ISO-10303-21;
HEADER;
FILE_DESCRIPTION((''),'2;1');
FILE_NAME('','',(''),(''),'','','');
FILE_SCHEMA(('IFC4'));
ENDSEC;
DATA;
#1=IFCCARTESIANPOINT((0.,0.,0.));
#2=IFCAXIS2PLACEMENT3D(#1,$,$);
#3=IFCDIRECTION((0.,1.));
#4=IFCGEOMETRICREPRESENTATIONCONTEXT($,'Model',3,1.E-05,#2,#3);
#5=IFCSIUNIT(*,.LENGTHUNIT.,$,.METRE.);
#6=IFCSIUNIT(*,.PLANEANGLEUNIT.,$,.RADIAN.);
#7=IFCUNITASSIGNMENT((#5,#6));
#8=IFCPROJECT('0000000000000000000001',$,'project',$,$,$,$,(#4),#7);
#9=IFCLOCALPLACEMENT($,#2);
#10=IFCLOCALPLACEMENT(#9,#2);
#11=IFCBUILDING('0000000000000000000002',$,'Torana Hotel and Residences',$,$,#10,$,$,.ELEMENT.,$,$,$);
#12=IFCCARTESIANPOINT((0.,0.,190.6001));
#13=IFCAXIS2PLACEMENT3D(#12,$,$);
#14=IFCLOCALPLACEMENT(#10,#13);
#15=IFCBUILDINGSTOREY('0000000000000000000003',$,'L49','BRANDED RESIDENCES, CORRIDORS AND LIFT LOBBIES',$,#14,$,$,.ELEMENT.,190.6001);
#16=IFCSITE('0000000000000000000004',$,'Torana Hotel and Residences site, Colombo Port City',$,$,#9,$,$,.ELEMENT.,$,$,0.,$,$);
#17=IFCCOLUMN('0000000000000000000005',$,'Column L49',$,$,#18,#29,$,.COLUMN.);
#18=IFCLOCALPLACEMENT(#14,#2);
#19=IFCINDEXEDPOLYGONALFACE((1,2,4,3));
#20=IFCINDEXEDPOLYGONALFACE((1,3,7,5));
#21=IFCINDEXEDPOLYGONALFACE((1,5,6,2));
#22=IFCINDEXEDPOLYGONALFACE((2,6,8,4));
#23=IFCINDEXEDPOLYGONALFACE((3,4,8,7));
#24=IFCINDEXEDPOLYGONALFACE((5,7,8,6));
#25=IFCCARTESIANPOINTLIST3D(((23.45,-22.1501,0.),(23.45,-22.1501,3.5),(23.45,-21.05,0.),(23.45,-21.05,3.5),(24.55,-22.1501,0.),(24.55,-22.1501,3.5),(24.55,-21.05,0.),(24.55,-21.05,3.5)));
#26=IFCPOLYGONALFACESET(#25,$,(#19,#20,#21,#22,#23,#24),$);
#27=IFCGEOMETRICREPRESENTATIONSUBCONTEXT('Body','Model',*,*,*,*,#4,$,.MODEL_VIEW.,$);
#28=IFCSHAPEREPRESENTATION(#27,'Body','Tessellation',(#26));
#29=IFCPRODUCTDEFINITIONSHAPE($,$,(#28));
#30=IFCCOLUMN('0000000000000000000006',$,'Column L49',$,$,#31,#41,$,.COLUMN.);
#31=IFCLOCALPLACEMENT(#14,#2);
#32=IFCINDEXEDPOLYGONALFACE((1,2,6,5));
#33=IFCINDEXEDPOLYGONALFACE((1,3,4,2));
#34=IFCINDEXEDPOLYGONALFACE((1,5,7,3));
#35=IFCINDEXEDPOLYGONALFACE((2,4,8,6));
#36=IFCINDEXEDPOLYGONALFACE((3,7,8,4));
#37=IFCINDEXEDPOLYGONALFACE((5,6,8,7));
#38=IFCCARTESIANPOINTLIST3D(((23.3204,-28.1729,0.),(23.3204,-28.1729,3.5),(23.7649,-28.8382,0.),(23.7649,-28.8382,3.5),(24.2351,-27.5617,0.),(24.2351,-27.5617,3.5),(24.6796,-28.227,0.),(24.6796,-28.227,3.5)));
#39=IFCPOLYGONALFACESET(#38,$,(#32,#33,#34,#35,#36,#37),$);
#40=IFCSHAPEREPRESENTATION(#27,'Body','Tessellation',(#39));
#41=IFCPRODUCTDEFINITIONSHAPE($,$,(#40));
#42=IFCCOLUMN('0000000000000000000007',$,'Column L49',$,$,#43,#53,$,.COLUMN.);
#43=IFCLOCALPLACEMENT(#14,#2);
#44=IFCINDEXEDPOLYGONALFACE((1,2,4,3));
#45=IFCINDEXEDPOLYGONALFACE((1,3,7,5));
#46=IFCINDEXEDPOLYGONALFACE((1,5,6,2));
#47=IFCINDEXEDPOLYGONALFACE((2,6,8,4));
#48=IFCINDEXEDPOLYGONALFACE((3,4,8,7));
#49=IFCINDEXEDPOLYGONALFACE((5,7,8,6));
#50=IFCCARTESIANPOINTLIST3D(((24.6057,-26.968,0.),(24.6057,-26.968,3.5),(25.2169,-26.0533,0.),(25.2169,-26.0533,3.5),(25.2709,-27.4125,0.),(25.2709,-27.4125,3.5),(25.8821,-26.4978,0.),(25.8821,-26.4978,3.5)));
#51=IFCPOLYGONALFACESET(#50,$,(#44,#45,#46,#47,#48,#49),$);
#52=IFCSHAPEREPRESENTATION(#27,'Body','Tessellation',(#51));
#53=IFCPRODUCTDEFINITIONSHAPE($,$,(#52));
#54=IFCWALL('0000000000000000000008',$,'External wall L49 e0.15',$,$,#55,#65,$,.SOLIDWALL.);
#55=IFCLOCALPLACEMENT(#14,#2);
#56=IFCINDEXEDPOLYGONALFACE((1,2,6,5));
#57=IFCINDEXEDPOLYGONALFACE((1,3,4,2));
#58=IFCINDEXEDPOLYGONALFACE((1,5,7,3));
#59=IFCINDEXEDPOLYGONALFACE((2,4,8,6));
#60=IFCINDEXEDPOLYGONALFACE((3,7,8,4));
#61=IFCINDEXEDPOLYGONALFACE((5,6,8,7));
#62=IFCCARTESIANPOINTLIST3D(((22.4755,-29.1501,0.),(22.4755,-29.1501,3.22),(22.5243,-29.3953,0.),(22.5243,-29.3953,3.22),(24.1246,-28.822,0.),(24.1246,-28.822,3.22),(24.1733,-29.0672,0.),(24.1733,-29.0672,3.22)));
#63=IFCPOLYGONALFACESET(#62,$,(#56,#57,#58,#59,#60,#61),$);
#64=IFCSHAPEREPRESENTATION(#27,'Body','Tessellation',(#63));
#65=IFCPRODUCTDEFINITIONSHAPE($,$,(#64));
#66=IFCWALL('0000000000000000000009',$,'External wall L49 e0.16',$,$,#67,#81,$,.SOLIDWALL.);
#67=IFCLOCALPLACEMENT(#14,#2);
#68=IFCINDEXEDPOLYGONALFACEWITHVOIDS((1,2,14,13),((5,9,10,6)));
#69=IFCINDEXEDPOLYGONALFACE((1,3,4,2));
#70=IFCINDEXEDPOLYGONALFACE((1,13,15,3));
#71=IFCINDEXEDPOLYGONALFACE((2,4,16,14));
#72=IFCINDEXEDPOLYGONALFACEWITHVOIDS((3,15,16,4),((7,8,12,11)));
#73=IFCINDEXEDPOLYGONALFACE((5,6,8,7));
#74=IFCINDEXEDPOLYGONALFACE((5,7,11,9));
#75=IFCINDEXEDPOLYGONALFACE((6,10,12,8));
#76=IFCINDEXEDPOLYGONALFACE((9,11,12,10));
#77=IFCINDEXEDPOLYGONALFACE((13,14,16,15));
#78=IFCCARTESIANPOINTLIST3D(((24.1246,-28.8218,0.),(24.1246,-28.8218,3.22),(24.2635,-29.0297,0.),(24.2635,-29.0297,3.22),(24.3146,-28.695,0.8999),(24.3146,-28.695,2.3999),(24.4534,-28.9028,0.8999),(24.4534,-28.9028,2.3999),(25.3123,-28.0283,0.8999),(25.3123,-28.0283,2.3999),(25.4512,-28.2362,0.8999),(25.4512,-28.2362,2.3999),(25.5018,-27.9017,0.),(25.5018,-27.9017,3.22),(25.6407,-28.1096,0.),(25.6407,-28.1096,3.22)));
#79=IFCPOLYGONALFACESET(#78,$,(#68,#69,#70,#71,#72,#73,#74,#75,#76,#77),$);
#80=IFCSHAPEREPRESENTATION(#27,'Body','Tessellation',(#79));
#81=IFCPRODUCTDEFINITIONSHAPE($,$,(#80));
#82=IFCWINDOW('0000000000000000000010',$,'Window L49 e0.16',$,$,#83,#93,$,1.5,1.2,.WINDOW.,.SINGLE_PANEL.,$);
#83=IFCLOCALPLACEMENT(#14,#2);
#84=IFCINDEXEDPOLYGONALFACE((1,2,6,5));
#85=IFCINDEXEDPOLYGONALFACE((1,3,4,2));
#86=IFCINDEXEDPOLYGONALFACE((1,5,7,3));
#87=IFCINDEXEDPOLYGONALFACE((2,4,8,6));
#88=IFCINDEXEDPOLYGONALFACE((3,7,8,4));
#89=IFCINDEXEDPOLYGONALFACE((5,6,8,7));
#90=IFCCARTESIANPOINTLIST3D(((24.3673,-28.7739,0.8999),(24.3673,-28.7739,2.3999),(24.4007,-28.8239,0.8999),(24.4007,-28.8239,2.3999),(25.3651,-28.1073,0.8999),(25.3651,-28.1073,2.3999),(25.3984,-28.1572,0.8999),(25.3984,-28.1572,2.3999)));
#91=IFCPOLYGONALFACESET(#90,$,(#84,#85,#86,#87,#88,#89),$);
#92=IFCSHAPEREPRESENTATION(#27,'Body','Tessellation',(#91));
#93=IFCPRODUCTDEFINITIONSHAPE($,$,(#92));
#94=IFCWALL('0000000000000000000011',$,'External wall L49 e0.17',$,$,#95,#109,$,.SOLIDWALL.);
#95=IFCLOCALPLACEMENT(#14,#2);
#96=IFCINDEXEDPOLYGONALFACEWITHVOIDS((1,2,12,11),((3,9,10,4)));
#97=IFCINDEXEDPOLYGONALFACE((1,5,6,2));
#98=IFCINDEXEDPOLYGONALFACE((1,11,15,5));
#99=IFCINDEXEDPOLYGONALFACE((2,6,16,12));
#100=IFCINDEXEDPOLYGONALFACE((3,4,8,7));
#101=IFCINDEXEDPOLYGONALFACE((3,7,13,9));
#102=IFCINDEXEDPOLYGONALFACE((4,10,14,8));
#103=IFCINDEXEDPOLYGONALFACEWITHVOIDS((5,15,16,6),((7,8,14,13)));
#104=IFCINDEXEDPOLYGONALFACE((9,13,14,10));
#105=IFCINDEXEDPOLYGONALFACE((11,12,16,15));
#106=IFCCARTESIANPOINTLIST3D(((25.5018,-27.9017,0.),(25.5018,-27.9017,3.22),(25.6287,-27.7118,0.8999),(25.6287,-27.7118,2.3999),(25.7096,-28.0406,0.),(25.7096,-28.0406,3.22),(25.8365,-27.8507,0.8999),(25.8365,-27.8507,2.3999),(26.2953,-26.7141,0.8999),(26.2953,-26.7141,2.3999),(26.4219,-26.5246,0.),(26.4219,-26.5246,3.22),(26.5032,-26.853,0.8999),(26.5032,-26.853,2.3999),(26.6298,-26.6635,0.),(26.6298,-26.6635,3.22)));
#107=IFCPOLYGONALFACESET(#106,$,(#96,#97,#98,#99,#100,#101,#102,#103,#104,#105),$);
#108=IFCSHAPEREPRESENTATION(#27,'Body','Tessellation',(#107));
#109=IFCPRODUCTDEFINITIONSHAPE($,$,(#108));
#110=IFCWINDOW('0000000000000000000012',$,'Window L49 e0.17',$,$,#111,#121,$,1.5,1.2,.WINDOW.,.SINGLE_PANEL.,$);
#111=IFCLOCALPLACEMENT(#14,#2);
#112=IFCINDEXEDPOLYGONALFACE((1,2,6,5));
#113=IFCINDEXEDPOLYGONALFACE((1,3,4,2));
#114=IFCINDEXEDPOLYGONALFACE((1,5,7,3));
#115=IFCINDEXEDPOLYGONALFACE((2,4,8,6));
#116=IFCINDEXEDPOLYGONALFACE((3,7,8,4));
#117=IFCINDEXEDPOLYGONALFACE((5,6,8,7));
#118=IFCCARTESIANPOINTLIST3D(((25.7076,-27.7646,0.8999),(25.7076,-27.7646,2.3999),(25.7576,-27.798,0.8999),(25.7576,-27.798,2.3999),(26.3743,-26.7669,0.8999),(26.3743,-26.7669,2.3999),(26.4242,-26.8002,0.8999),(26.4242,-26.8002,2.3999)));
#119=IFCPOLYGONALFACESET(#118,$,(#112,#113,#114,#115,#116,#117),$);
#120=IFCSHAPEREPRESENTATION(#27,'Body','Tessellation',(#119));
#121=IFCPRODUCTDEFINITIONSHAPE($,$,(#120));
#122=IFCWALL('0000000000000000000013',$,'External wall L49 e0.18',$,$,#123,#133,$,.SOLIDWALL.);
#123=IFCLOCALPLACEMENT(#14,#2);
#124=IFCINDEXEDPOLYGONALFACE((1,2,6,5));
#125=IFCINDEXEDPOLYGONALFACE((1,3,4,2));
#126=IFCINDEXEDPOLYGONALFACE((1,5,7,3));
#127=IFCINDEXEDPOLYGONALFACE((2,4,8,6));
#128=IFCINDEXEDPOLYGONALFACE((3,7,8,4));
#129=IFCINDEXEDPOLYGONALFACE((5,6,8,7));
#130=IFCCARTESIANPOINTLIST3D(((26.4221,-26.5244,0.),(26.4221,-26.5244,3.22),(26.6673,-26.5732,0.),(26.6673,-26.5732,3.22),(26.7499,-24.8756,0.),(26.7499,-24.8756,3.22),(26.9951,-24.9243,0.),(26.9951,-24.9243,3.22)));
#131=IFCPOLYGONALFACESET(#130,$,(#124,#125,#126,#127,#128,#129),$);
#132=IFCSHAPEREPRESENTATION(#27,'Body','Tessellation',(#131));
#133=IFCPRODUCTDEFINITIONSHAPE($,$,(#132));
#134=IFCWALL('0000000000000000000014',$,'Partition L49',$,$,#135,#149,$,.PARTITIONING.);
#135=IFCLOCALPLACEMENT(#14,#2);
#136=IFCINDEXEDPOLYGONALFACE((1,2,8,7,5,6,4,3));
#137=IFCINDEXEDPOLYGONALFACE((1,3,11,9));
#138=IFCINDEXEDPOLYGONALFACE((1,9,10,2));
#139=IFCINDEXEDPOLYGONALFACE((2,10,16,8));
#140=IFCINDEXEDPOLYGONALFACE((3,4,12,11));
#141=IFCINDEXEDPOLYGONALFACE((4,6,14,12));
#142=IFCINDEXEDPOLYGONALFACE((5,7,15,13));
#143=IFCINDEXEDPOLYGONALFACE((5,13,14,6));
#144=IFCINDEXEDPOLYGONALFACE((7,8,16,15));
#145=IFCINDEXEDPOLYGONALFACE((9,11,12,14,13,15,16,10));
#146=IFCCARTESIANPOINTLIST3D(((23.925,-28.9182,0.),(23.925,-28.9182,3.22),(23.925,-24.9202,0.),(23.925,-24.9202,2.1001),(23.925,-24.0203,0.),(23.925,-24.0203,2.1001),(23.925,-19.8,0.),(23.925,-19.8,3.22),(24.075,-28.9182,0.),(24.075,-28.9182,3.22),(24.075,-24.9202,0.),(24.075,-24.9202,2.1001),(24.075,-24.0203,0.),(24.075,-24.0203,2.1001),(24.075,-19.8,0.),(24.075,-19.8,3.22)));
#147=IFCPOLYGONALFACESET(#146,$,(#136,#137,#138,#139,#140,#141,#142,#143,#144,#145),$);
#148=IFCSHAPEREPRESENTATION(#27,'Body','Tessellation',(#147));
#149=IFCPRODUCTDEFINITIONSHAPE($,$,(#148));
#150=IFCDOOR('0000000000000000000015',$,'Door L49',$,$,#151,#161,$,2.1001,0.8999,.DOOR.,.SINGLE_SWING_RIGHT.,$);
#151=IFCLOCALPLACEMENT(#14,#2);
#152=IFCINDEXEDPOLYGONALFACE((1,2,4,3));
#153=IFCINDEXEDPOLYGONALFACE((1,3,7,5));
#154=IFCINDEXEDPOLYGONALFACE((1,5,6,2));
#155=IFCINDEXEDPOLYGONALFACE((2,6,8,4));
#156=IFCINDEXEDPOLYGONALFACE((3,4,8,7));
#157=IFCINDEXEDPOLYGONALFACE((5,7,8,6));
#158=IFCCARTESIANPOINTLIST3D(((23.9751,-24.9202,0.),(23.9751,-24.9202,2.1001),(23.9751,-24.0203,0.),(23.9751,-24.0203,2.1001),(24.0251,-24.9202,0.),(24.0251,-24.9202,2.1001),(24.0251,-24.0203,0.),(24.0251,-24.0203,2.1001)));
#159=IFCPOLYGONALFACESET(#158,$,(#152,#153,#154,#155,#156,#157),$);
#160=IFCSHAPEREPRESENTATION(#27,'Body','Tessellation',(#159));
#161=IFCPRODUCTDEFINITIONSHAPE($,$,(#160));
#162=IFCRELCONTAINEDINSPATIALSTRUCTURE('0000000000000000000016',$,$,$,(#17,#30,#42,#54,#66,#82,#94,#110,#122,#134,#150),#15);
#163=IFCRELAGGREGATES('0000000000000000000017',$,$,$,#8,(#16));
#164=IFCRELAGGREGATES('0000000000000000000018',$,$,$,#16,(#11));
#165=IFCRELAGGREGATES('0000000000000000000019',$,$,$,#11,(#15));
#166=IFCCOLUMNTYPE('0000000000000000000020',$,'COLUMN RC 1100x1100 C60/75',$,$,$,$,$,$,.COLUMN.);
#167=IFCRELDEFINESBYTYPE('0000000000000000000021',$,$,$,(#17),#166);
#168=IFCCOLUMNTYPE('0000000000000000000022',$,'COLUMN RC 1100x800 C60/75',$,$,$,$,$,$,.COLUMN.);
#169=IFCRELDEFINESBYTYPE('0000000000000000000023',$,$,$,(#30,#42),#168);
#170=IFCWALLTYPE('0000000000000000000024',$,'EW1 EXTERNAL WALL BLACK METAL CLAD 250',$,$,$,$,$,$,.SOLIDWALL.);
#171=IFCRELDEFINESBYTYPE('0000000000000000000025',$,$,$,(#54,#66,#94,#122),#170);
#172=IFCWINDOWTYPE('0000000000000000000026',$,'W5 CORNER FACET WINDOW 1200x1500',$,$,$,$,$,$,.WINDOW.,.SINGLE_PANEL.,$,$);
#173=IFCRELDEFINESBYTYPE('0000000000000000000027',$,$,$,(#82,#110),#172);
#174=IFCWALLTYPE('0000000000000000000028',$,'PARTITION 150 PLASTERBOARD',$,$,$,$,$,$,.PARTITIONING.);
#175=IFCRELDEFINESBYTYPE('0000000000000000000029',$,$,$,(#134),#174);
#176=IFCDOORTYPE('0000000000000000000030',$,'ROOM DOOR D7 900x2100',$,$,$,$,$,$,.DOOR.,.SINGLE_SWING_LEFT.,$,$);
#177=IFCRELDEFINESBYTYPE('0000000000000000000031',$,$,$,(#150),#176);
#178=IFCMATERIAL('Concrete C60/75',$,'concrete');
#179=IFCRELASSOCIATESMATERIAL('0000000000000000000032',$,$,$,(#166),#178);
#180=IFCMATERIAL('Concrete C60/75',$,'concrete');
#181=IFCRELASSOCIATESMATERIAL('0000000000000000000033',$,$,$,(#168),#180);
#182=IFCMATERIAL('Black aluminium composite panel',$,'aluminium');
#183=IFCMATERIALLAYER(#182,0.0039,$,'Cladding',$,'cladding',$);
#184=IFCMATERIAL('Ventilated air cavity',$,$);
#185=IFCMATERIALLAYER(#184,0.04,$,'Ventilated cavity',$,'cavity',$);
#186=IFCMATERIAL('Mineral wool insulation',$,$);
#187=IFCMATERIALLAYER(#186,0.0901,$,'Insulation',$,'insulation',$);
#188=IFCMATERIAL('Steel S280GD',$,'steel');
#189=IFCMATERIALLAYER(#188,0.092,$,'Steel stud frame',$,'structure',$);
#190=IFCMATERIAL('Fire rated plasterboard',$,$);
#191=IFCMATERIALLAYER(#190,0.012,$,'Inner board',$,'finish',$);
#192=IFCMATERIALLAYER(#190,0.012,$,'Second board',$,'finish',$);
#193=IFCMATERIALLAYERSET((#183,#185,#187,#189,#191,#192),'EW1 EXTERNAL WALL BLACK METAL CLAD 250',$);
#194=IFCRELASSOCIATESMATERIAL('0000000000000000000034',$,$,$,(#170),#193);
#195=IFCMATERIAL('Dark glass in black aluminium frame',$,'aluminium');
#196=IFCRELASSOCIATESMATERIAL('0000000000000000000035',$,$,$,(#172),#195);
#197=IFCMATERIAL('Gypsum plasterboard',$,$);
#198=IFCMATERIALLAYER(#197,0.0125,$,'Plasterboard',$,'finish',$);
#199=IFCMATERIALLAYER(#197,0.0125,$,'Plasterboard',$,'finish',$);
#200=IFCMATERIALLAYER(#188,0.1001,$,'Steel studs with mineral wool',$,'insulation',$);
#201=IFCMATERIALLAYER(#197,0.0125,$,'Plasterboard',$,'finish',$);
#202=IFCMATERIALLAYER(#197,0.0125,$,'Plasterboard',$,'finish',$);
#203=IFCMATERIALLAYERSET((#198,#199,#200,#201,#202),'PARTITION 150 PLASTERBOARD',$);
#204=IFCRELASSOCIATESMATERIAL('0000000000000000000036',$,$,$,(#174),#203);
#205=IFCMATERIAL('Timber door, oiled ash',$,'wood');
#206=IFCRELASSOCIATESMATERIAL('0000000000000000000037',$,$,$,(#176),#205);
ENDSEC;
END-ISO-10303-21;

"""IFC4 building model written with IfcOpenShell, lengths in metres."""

from ifc_helpers import new_model, si_unit, direction, frame, frame_2d, origin, origin_2d, place, context, subcontext, project, spatial, rectangle, extrude, material, layer, layer_set, material_profile, profile_set, type_object, element, fill, save


model = new_model("IFC4")

# Units and contexts
model_context = context("Model", 3, precision=1e-05, world=origin(), true_north=direction((0.0, 1.0)))
body_context = subcontext(model_context, "Body", "Model", "MODEL_VIEW")
ifc_project = project(units=[si_unit("LENGTHUNIT", "METRE"), si_unit("PLANEANGLEUNIT", "RADIAN")], contexts=[model_context])

# Site, building, storey
site_placement = place(None, origin())
site = spatial("IfcSite", under=ifc_project, at=site_placement, Name="Torana Hotel and Residences site, Colombo Port City", CompositionType="ELEMENT", RefElevation=0.0)
building_placement = place(site_placement, origin())
building = spatial("IfcBuilding", under=site, at=building_placement, Name="Torana Hotel and Residences", CompositionType="ELEMENT")
storey_placement = place(building_placement, frame((0.0, 0.0, 190.6001)))
storey = spatial("IfcBuildingStorey", under=building, at=storey_placement, Name="L49", Description="BRANDED RESIDENCES, CORRIDORS AND LIFT LOBBIES", CompositionType="ELEMENT", Elevation=190.6001)

# Columns
ifc_material_1 = material(Name="Concrete C60/75", Category="concrete")
ifc_material_profile_1 = material_profile(ifc_material_1, rectangle(XDim=1.1001, YDim=1.1001, at=origin_2d()), Name="RC 1100x1100")
ifc_profile_set_1 = profile_set([ifc_material_profile_1], Name="Concrete C60/75")
column_type_1 = type_object("IfcColumnType", Name="COLUMN RC 1100x1100 C60/75", PredefinedType="COLUMN", material=ifc_profile_set_1)
column_placement = place(storey_placement, frame((24.0, -21.6001, 0.0), z_axis=(0.0, 0.0, 1.0), x_axis=(1.0, 0.0, 0.0)))
element("IfcColumn", 1, at=column_placement, inside=storey, type_object=column_type_1, Name="Column L49", PredefinedType="COLUMN", context=body_context, shape_type="SweptSolid", body=[
    extrude(rectangle(XDim=1.1001, YDim=1.1001, at=origin_2d()), origin(), (0.0, 0.0, 1.0), 3.5),
])
ifc_material_2 = material(Name="Concrete C60/75", Category="concrete")
ifc_material_profile_2 = material_profile(ifc_material_2, rectangle(XDim=1.1001, YDim=0.8, at=origin_2d()), Name="RC 1100x800")
ifc_profile_set_2 = profile_set([ifc_material_profile_2], Name="Concrete C60/75")
column_type_2 = type_object("IfcColumnType", Name="COLUMN RC 1100x800 C60/75", PredefinedType="COLUMN", material=ifc_profile_set_2)
for number, where, z_axis, x_axis, name in (
    (2, (24.0, -28.2, 0.0), (0.0, 0.0, 1.0), (0.83146, 0.555585, 0.0), "Column L49"),
    (3, (25.2439, -26.7329, 0.0), (0.0, 0.0, 1.0), (0.555585, 0.83146, 0.0), "Column L49"),
):
    element("IfcColumn", number, at=place(storey_placement, frame(where, z_axis=z_axis, x_axis=x_axis)), inside=storey, type_object=column_type_2, Name=name, PredefinedType="COLUMN", context=body_context, shape_type="SweptSolid", body=[
        extrude(rectangle(XDim=1.1001, YDim=0.8, at=origin_2d()), origin(), (0.0, 0.0, 1.0), 3.5),
    ])

# Wall
ifc_material_3 = material(Name="Black aluminium composite panel", Category="aluminium")
ifc_layer_1 = layer(ifc_material_3, 0.0039, Name="Cladding", Category="cladding")
ifc_material_4 = material(Name="Ventilated air cavity")
ifc_layer_2 = layer(ifc_material_4, 0.04, Name="Ventilated cavity", Category="cavity")
ifc_material_5 = material(Name="Mineral wool insulation")
ifc_layer_3 = layer(ifc_material_5, 0.0901, Name="Insulation", Category="insulation")
ifc_material_6 = material(Name="Steel S280GD", Category="steel")
ifc_layer_4 = layer(ifc_material_6, 0.092, Name="Steel stud frame", Category="structure")
ifc_material_7 = material(Name="Fire rated plasterboard")
ifc_layer_5 = layer(ifc_material_7, 0.012, Name="Inner board", Category="finish")
ifc_layer_6 = layer(ifc_material_7, 0.012, Name="Second board", Category="finish")
ifc_layer_set_1 = layer_set([ifc_layer_1, ifc_layer_2, ifc_layer_3, ifc_layer_4, ifc_layer_5, ifc_layer_6], Name="EW1 EXTERNAL WALL BLACK METAL CLAD 250")
wall_type_1 = type_object("IfcWallType", Name="EW1 EXTERNAL WALL BLACK METAL CLAD 250", PredefinedType="SOLIDWALL", material=ifc_layer_set_1)
wall_1_placement = place(storey_placement, frame((22.4998, -29.2727, 0.0), z_axis=(0.0, 0.0, 1.0), x_axis=(0.980776, 0.195139, 0.0)))
element("IfcWall", 4, at=wall_1_placement, inside=storey, type_object=wall_type_1, Name="External wall L49 e0.15", PredefinedType="SOLIDWALL", context=body_context, shape_type="SweptSolid", body=[
    extrude(rectangle(XDim=1.6814, YDim=0.25, at=frame_2d((0.8408, 0.0))), origin(), (0.0, 0.0, 1.0), 3.22),
])

# Walls, openings, windows
wall_2_placement = place(storey_placement, frame((24.1941, -28.9258, 0.0), z_axis=(0.0, 0.0, 1.0), x_axis=(0.831483, 0.55555, 0.0)))
wall_2 = element("IfcWall", 5, at=wall_2_placement, inside=storey, type_object=wall_type_1, Name="External wall L49 e0.16", PredefinedType="SOLIDWALL", context=body_context, shape_type="SweptSolid", body=[
    extrude(rectangle(XDim=1.6562, YDim=0.25, at=frame_2d((0.8281, 0.0))), origin(), (0.0, 0.0, 1.0), 3.22),
])
opening_1_placement = place(wall_2_placement, frame((0.2283, 0.0, 0.8999)))
opening_1 = element("IfcOpeningElement", 6, at=opening_1_placement, cuts=wall_2, PredefinedType="OPENING", context=body_context, shape_type="SweptSolid", body=[
    extrude(rectangle(XDim=1.2, YDim=1.5, at=frame_2d((0.6001, 0.75))), frame((0.0, 0.135, 0.0), z_axis=(0.0, -1.0, 0.0), x_axis=(1.0, 0.0, 0.0)), (0.0, 0.0, 1.0), 0.27),
])
ifc_material_8 = material(Name="Dark glass in black aluminium frame", Category="aluminium")
window_type_1 = type_object("IfcWindowType", Name="W5 CORNER FACET WINDOW 1200x1500", PartitioningType="SINGLE_PANEL", PredefinedType="WINDOW", material=ifc_material_8)
window_1_placement = place(opening_1_placement, origin())
window_1 = element("IfcWindow", 7, at=window_1_placement, inside=storey, type_object=window_type_1, Name="Window L49 e0.16", OverallHeight=1.5, OverallWidth=1.2, PartitioningType="SINGLE_PANEL", PredefinedType="WINDOW", context=body_context, shape_type="SweptSolid", body=[
    extrude(rectangle(XDim=1.2, YDim=1.5, at=frame_2d((0.6001, 0.75))), frame((0.0, 0.03, 0.0), z_axis=(0.0, -1.0, 0.0), x_axis=(1.0, 0.0, 0.0)), (0.0, 0.0, 1.0), 0.0601),
])
fill(opening_1, window_1)
wall_3_placement = place(storey_placement, frame((25.6057, -27.9712, 0.0), z_axis=(0.0, 0.0, 1.0), x_axis=(0.55555, 0.831483, 0.0)))
wall_3 = element("IfcWall", 8, at=wall_3_placement, inside=storey, type_object=wall_type_1, Name="External wall L49 e0.17", PredefinedType="SOLIDWALL", context=body_context, shape_type="SweptSolid", body=[
    extrude(rectangle(XDim=1.6562, YDim=0.25, at=frame_2d((0.8281, 0.0))), origin(), (0.0, 0.0, 1.0), 3.22),
])
opening_2_placement = place(wall_3_placement, frame((0.2283, 0.0, 0.8999)))
opening_2 = element("IfcOpeningElement", 9, at=opening_2_placement, cuts=wall_3, PredefinedType="OPENING", context=body_context, shape_type="SweptSolid", body=[
    extrude(rectangle(XDim=1.2, YDim=1.5, at=frame_2d((0.6001, 0.75))), frame((0.0, 0.135, 0.0), z_axis=(0.0, -1.0, 0.0), x_axis=(1.0, 0.0, 0.0)), (0.0, 0.0, 1.0), 0.27),
])
window_2_placement = place(opening_2_placement, origin())
window_2 = element("IfcWindow", 10, at=window_2_placement, inside=storey, type_object=window_type_1, Name="Window L49 e0.17", OverallHeight=1.5, OverallWidth=1.2, PartitioningType="SINGLE_PANEL", PredefinedType="WINDOW", context=body_context, shape_type="SweptSolid", body=[
    extrude(rectangle(XDim=1.2, YDim=1.5, at=frame_2d((0.6001, 0.75))), frame((0.0, 0.03, 0.0), z_axis=(0.0, -1.0, 0.0), x_axis=(1.0, 0.0, 0.0)), (0.0, 0.0, 1.0), 0.0601),
])
fill(opening_2, window_2)

# Wall
wall_4_placement = place(storey_placement, frame((26.5447, -26.5488, 0.0), z_axis=(0.0, 0.0, 1.0), x_axis=(0.195027, 0.980798, 0.0)))
element("IfcWall", 11, at=wall_4_placement, inside=storey, type_object=wall_type_1, Name="External wall L49 e0.18", PredefinedType="SOLIDWALL", context=body_context, shape_type="SweptSolid", body=[
    extrude(rectangle(XDim=1.6812, YDim=0.25, at=frame_2d((0.8406, 0.0))), origin(), (0.0, 0.0, 1.0), 3.22),
])

# Wall, opening, door
ifc_material_9 = material(Name="Gypsum plasterboard")
ifc_layer_7 = layer(ifc_material_9, 0.0125, Name="Plasterboard", Category="finish")
ifc_layer_8 = layer(ifc_material_9, 0.0125, Name="Plasterboard", Category="finish")
ifc_layer_9 = layer(ifc_material_6, 0.1001, Name="Steel studs with mineral wool", Category="insulation")
ifc_layer_10 = layer(ifc_material_9, 0.0125, Name="Plasterboard", Category="finish")
ifc_layer_11 = layer(ifc_material_9, 0.0125, Name="Plasterboard", Category="finish")
ifc_layer_set_2 = layer_set([ifc_layer_7, ifc_layer_8, ifc_layer_9, ifc_layer_10, ifc_layer_11], Name="PARTITION 150 PLASTERBOARD")
wall_type_2 = type_object("IfcWallType", Name="PARTITION 150 PLASTERBOARD", PredefinedType="PARTITIONING", material=ifc_layer_set_2)
wall_5_placement = place(storey_placement, frame((24.0, -28.9182, 0.0), z_axis=(0.0, 0.0, 1.0), x_axis=(0.0, 1.0, 0.0)))
wall_5 = element("IfcWall", 12, at=wall_5_placement, inside=storey, type_object=wall_type_2, Name="Partition L49", PredefinedType="PARTITIONING", context=body_context, shape_type="SweptSolid", body=[
    extrude(rectangle(XDim=9.1182, YDim=0.1499, at=frame_2d((4.5591, 0.0))), origin(), (0.0, 0.0, 1.0), 3.22),
])
opening_3_placement = place(wall_5_placement, frame((3.998, 0.0, 0.0)))
opening_3 = element("IfcOpeningElement", 13, at=opening_3_placement, cuts=wall_5, PredefinedType="OPENING", context=body_context, shape_type="SweptSolid", body=[
    extrude(rectangle(XDim=0.8999, YDim=2.1001, at=frame_2d((0.45, 1.05))), frame((0.0, 0.085, 0.0), z_axis=(0.0, -1.0, 0.0), x_axis=(1.0, 0.0, 0.0)), (0.0, 0.0, 1.0), 0.1699),
])
ifc_material_10 = material(Name="Timber door, oiled ash", Category="wood")
door_type_1 = type_object("IfcDoorType", Name="ROOM DOOR D7 900x2100", OperationType="SINGLE_SWING_LEFT", PredefinedType="DOOR", material=ifc_material_10)
door_1_placement = place(opening_3_placement, origin())
door_1 = element("IfcDoor", 14, at=door_1_placement, inside=storey, type_object=door_type_1, Name="Door L49", OperationType="SINGLE_SWING_RIGHT", OverallHeight=2.1001, OverallWidth=0.8999, PredefinedType="DOOR", context=body_context, shape_type="SweptSolid", body=[
    extrude(rectangle(XDim=0.8999, YDim=2.1001, at=frame_2d((0.45, 1.05))), frame((0.0, 0.0249, 0.0), z_axis=(0.0, -1.0, 0.0), x_axis=(1.0, 0.0, 0.0)), (0.0, 0.0, 1.0), 0.05),
])
fill(opening_3, door_1)

save(model, "model.ifc")
